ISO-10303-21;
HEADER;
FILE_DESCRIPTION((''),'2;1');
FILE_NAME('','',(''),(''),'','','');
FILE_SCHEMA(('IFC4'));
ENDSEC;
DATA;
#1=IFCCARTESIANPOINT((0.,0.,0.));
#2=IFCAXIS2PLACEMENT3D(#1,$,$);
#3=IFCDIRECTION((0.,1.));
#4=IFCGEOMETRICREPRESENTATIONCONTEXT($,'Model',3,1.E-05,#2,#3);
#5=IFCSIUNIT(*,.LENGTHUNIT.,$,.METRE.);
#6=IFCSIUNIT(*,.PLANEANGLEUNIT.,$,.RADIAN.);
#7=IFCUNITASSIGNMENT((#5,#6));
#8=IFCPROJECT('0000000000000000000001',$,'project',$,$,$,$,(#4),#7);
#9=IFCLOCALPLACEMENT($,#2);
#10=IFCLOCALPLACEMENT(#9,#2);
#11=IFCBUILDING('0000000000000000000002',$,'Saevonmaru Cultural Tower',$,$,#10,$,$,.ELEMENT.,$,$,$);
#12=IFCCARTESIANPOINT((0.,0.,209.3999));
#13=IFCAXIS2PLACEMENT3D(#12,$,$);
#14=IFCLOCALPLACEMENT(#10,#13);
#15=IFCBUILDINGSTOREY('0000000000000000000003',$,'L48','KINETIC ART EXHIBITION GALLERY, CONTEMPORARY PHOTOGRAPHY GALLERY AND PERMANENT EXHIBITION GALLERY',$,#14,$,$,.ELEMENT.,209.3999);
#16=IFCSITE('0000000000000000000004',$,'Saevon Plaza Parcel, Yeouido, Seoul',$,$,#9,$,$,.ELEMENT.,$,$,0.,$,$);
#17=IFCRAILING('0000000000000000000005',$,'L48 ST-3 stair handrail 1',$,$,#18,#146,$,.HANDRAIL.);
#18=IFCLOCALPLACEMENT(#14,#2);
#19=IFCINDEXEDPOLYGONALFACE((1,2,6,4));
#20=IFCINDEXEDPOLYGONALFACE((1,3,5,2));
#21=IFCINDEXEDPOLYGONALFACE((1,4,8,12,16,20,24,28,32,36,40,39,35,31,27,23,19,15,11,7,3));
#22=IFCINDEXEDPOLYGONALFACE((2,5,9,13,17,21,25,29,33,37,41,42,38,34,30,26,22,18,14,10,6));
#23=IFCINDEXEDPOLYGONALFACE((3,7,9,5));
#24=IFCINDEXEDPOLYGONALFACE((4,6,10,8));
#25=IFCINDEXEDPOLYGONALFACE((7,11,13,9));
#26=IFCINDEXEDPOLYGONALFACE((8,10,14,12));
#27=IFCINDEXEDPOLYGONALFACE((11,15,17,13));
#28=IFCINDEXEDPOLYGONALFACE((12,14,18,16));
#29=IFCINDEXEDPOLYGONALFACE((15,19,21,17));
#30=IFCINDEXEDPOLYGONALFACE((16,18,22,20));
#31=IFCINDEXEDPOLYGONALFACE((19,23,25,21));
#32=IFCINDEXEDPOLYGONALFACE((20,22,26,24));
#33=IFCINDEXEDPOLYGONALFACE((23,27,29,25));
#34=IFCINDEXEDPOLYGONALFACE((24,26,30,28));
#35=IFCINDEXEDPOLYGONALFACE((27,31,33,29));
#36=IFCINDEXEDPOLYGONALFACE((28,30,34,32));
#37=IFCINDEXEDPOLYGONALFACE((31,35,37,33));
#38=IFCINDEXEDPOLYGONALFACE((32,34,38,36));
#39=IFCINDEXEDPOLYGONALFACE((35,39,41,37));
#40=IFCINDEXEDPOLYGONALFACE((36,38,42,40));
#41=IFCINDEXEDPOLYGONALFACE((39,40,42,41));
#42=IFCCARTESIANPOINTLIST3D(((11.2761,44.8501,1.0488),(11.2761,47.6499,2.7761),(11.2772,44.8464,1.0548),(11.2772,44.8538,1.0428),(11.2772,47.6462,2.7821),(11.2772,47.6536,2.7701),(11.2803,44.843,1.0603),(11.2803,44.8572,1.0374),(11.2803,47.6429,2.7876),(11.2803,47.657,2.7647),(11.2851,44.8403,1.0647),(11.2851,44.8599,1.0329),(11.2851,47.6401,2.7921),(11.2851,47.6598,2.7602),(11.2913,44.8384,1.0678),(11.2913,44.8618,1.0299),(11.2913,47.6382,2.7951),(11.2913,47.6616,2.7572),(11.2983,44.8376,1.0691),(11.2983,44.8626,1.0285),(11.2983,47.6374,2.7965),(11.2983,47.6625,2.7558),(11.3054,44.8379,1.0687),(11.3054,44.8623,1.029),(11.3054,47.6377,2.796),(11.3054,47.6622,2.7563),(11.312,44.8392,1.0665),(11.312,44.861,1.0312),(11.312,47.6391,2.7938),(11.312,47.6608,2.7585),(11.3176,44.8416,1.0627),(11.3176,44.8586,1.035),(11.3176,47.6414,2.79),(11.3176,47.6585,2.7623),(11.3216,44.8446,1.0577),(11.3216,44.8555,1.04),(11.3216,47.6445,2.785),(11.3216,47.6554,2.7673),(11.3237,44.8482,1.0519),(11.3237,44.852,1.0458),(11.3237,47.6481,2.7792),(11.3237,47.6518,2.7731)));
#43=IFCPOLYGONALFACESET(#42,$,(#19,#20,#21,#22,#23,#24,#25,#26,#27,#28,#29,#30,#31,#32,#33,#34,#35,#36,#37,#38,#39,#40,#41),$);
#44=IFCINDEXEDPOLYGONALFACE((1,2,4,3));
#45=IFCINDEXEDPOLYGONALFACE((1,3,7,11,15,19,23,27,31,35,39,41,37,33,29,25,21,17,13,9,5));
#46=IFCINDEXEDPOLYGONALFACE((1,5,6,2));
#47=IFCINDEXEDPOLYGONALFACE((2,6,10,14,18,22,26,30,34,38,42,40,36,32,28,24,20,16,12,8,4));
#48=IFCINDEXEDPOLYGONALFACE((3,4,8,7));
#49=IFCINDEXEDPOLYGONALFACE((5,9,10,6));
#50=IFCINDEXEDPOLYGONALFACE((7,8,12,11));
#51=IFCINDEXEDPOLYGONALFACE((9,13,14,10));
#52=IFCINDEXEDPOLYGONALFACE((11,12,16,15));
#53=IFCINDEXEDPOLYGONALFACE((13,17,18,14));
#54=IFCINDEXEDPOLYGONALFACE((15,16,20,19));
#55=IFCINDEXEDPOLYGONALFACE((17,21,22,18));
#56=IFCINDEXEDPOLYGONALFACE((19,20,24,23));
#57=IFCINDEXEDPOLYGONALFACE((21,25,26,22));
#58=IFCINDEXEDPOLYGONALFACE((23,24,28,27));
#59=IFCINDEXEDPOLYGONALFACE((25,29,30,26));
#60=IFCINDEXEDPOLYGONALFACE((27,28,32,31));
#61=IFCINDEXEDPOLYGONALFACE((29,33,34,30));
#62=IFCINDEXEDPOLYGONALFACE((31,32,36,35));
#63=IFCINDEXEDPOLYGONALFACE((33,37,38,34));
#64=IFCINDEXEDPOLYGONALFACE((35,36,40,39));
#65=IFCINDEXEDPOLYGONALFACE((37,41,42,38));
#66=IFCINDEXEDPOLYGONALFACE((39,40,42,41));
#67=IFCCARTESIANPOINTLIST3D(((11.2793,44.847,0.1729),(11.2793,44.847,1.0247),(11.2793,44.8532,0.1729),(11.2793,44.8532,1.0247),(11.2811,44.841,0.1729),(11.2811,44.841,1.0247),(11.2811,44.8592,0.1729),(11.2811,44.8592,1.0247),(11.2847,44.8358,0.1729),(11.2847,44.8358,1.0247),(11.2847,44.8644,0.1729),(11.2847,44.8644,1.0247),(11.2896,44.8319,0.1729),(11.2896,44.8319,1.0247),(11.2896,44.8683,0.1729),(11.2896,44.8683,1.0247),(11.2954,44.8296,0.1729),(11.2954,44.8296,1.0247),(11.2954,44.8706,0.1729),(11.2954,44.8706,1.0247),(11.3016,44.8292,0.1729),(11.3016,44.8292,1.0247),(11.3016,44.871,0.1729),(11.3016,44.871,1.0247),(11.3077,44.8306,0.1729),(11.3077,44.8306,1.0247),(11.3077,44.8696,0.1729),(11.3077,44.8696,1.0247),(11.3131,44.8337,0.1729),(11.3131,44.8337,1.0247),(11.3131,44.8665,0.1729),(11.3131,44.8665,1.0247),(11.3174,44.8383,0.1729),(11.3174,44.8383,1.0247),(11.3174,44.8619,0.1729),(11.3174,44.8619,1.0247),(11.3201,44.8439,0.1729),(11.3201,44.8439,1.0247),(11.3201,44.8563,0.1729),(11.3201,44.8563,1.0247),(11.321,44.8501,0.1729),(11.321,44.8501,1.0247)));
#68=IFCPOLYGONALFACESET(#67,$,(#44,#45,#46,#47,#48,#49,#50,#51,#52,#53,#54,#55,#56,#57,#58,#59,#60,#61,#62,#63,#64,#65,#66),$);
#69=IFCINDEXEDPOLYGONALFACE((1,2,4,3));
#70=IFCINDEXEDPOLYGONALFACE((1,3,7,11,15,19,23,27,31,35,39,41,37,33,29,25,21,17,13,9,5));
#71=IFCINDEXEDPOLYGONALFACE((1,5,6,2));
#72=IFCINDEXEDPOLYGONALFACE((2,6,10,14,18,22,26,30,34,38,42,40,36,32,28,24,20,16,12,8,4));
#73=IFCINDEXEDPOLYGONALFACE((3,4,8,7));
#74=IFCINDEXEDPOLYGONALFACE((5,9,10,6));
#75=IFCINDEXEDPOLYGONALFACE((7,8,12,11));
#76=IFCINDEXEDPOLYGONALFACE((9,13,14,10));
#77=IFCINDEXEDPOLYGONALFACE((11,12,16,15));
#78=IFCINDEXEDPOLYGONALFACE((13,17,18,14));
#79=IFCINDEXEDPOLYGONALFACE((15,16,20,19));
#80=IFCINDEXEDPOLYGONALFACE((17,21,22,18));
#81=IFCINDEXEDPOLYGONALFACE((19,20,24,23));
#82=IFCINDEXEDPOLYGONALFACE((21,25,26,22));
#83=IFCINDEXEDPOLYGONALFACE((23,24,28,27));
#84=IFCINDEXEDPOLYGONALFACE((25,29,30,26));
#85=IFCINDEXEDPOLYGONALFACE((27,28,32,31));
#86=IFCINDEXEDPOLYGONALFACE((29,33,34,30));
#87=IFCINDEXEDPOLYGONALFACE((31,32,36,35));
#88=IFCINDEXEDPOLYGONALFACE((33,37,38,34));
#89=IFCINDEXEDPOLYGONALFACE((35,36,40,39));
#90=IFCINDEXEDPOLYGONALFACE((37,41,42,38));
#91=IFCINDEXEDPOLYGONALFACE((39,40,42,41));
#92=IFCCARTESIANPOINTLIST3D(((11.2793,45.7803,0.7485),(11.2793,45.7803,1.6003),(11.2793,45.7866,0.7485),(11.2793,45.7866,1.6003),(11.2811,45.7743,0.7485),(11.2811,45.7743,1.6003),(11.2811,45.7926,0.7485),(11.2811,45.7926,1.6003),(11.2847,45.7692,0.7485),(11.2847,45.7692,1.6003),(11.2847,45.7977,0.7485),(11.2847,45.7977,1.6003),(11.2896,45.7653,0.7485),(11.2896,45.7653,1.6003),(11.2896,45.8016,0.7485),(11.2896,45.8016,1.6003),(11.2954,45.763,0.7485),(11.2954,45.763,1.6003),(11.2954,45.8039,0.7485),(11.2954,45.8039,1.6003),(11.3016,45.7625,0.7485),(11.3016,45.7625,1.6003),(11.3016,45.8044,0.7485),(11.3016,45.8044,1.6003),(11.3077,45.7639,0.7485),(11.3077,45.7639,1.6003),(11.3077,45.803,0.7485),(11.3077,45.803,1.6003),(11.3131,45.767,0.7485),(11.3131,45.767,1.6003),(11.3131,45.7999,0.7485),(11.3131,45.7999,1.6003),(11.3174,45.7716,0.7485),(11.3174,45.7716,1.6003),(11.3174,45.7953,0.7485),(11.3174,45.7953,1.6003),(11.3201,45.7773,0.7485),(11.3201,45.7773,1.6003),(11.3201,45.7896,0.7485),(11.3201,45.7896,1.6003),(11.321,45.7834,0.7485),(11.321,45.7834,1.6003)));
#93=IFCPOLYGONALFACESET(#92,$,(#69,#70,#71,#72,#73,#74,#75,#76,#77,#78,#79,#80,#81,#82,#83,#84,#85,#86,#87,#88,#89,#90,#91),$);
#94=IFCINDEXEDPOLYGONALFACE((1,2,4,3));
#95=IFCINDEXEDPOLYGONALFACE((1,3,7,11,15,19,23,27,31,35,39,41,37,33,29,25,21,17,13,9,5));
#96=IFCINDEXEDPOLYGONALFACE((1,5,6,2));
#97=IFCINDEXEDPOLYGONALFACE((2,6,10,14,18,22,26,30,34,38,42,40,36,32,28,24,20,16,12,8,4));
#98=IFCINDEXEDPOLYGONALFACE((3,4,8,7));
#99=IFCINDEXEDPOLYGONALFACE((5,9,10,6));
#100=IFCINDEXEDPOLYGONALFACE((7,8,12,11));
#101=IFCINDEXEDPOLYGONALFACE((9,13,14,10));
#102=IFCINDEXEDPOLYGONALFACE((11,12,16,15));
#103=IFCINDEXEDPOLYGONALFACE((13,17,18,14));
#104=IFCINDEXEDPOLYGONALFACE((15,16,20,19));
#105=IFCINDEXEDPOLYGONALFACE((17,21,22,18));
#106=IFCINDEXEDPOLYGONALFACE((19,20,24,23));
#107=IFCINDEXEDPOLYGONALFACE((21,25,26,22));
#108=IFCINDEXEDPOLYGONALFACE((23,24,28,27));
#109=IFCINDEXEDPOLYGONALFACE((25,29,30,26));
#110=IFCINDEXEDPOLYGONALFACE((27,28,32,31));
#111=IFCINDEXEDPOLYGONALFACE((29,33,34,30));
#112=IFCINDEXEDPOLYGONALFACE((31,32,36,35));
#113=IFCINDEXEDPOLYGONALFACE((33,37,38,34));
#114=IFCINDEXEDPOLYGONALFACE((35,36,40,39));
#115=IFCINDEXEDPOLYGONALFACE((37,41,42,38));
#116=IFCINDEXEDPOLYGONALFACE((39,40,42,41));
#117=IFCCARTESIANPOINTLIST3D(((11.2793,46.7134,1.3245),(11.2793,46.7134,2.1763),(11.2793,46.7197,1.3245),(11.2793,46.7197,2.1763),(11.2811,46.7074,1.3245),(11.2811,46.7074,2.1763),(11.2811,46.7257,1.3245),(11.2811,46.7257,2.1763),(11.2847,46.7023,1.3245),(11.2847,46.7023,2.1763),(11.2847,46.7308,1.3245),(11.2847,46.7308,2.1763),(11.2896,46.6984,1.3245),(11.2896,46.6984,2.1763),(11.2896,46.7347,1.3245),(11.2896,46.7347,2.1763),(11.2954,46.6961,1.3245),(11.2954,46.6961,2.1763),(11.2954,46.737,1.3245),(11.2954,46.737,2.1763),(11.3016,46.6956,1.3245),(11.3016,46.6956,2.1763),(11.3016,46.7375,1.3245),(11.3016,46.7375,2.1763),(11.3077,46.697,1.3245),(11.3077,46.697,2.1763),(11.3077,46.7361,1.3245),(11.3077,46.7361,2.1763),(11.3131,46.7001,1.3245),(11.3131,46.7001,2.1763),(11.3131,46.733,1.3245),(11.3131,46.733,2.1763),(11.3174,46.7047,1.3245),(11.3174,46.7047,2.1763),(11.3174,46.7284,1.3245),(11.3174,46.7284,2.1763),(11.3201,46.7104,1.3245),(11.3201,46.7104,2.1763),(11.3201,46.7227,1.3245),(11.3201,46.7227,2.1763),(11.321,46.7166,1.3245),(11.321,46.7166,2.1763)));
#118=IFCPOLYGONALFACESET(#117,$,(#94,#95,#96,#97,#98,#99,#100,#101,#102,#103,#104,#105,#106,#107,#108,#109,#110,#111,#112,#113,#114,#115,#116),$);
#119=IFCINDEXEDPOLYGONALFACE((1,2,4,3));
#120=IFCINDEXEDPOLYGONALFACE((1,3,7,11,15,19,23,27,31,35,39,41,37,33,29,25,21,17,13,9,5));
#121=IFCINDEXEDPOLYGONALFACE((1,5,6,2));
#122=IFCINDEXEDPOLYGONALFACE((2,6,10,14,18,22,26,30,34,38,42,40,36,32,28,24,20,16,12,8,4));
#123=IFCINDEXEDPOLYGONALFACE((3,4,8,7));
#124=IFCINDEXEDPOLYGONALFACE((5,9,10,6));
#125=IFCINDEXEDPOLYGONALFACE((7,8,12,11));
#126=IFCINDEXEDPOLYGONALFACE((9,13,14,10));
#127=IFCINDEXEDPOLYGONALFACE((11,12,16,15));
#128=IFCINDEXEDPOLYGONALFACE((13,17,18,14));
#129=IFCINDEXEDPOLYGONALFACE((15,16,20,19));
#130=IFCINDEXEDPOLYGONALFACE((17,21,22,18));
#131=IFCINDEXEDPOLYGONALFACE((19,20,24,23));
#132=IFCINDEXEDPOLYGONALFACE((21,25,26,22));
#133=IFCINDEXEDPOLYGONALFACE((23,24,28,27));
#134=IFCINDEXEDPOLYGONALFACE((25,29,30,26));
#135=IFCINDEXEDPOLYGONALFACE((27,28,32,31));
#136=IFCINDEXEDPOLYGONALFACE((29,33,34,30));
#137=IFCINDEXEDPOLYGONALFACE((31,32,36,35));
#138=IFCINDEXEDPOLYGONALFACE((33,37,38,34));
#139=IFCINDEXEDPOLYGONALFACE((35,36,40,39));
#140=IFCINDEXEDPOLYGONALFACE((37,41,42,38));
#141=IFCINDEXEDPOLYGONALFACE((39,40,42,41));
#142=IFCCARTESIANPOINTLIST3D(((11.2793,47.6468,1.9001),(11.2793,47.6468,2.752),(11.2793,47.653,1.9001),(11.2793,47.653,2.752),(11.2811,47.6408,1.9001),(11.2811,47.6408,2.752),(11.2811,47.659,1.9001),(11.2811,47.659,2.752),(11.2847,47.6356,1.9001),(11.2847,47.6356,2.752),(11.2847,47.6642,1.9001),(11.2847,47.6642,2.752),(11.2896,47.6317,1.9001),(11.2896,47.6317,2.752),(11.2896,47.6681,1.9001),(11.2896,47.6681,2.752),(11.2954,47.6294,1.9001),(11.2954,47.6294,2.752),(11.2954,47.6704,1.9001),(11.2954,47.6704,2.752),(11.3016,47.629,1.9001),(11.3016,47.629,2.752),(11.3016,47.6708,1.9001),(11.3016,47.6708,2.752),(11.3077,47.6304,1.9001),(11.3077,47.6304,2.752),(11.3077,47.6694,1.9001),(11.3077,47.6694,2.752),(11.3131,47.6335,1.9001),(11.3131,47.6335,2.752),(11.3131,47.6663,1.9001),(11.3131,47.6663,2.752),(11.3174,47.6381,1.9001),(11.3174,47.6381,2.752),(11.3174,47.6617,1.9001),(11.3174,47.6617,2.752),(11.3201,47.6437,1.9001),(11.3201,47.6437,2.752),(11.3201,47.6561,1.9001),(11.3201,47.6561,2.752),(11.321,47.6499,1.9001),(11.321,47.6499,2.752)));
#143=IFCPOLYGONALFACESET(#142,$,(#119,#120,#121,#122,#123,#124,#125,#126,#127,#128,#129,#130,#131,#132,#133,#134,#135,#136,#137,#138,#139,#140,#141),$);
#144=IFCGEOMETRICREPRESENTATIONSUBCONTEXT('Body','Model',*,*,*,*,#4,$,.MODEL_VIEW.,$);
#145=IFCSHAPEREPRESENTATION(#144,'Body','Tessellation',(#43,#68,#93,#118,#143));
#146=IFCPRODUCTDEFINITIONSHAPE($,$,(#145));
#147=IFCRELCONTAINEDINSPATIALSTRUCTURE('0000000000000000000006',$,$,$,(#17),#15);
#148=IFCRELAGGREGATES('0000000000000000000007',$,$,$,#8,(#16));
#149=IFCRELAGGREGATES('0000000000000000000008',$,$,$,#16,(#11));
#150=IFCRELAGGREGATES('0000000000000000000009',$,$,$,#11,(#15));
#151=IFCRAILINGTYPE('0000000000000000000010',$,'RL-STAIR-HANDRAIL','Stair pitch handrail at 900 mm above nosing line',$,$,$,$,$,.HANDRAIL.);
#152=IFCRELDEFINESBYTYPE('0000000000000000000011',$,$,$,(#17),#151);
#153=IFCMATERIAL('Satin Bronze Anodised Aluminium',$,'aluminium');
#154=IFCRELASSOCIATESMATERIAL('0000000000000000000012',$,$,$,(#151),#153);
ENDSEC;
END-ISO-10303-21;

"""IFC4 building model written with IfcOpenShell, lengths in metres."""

from ifc_helpers import new_model, si_unit, direction, frame, origin, origin_2d, place, context, subcontext, project, spatial, circle, extrude, material, type_object, element, save


model = new_model("IFC4")

# Units and contexts
model_context = context("Model", 3, precision=1e-05, world=origin(), true_north=direction((0.0, 1.0)))
body_context = subcontext(model_context, "Body", "Model", "MODEL_VIEW")
ifc_project = project(units=[si_unit("LENGTHUNIT", "METRE"), si_unit("PLANEANGLEUNIT", "RADIAN")], contexts=[model_context])

# Site, building, storey
site_placement = place(None, origin())
site = spatial("IfcSite", under=ifc_project, at=site_placement, Name="Saevon Plaza Parcel, Yeouido, Seoul", CompositionType="ELEMENT", RefElevation=0.0)
building_placement = place(site_placement, origin())
building = spatial("IfcBuilding", under=site, at=building_placement, Name="Saevonmaru Cultural Tower", CompositionType="ELEMENT")
storey_placement = place(building_placement, frame((0.0, 0.0, 209.3999)))
storey = spatial("IfcBuildingStorey", under=building, at=storey_placement, Name="L48", Description="KINETIC ART EXHIBITION GALLERY, CONTEMPORARY PHOTOGRAPHY GALLERY AND PERMANENT EXHIBITION GALLERY", CompositionType="ELEMENT", Elevation=209.3999)

# Shared definitions
ifc_material_1 = material(Name="Satin Bronze Anodised Aluminium", Category="aluminium")

# Railing
railing_type_1 = type_object("IfcRailingType", Name="RL-STAIR-HANDRAIL", Description="Stair pitch handrail at 900 mm above nosing line", PredefinedType="HANDRAIL", material=ifc_material_1)
railing_1_placement = place(storey_placement, frame((11.3, 44.8501, 0.1729)))
element("IfcRailing", 1, at=railing_1_placement, inside=storey, type_object=railing_type_1, Name="L48 ST-3 stair handrail 1", PredefinedType="HANDRAIL", context=body_context, shape_type="SweptSolid", body=[
    extrude(circle(Radius=0.0239, at=origin_2d()), frame((0.0, 0.0, 0.876), z_axis=(0.0, 0.851069, 0.525054), x_axis=(-1.0, 0.0, 0.0)), (0.0, 0.0, 1.0), 3.2898),
    extrude(circle(Radius=0.021, at=origin_2d()), origin(), (0.0, 0.0, 1.0), 0.8518),
    extrude(circle(Radius=0.021, at=origin_2d()), frame((0.0, 0.9333, 0.5757)), (0.0, 0.0, 1.0), 0.8518),
    extrude(circle(Radius=0.021, at=origin_2d()), frame((0.0, 1.8665, 1.1516)), (0.0, 0.0, 1.0), 0.8518),
    extrude(circle(Radius=0.021, at=origin_2d()), frame((0.0, 2.7998, 1.7273)), (0.0, 0.0, 1.0), 0.8518),
])

save(model, "model.ifc")
